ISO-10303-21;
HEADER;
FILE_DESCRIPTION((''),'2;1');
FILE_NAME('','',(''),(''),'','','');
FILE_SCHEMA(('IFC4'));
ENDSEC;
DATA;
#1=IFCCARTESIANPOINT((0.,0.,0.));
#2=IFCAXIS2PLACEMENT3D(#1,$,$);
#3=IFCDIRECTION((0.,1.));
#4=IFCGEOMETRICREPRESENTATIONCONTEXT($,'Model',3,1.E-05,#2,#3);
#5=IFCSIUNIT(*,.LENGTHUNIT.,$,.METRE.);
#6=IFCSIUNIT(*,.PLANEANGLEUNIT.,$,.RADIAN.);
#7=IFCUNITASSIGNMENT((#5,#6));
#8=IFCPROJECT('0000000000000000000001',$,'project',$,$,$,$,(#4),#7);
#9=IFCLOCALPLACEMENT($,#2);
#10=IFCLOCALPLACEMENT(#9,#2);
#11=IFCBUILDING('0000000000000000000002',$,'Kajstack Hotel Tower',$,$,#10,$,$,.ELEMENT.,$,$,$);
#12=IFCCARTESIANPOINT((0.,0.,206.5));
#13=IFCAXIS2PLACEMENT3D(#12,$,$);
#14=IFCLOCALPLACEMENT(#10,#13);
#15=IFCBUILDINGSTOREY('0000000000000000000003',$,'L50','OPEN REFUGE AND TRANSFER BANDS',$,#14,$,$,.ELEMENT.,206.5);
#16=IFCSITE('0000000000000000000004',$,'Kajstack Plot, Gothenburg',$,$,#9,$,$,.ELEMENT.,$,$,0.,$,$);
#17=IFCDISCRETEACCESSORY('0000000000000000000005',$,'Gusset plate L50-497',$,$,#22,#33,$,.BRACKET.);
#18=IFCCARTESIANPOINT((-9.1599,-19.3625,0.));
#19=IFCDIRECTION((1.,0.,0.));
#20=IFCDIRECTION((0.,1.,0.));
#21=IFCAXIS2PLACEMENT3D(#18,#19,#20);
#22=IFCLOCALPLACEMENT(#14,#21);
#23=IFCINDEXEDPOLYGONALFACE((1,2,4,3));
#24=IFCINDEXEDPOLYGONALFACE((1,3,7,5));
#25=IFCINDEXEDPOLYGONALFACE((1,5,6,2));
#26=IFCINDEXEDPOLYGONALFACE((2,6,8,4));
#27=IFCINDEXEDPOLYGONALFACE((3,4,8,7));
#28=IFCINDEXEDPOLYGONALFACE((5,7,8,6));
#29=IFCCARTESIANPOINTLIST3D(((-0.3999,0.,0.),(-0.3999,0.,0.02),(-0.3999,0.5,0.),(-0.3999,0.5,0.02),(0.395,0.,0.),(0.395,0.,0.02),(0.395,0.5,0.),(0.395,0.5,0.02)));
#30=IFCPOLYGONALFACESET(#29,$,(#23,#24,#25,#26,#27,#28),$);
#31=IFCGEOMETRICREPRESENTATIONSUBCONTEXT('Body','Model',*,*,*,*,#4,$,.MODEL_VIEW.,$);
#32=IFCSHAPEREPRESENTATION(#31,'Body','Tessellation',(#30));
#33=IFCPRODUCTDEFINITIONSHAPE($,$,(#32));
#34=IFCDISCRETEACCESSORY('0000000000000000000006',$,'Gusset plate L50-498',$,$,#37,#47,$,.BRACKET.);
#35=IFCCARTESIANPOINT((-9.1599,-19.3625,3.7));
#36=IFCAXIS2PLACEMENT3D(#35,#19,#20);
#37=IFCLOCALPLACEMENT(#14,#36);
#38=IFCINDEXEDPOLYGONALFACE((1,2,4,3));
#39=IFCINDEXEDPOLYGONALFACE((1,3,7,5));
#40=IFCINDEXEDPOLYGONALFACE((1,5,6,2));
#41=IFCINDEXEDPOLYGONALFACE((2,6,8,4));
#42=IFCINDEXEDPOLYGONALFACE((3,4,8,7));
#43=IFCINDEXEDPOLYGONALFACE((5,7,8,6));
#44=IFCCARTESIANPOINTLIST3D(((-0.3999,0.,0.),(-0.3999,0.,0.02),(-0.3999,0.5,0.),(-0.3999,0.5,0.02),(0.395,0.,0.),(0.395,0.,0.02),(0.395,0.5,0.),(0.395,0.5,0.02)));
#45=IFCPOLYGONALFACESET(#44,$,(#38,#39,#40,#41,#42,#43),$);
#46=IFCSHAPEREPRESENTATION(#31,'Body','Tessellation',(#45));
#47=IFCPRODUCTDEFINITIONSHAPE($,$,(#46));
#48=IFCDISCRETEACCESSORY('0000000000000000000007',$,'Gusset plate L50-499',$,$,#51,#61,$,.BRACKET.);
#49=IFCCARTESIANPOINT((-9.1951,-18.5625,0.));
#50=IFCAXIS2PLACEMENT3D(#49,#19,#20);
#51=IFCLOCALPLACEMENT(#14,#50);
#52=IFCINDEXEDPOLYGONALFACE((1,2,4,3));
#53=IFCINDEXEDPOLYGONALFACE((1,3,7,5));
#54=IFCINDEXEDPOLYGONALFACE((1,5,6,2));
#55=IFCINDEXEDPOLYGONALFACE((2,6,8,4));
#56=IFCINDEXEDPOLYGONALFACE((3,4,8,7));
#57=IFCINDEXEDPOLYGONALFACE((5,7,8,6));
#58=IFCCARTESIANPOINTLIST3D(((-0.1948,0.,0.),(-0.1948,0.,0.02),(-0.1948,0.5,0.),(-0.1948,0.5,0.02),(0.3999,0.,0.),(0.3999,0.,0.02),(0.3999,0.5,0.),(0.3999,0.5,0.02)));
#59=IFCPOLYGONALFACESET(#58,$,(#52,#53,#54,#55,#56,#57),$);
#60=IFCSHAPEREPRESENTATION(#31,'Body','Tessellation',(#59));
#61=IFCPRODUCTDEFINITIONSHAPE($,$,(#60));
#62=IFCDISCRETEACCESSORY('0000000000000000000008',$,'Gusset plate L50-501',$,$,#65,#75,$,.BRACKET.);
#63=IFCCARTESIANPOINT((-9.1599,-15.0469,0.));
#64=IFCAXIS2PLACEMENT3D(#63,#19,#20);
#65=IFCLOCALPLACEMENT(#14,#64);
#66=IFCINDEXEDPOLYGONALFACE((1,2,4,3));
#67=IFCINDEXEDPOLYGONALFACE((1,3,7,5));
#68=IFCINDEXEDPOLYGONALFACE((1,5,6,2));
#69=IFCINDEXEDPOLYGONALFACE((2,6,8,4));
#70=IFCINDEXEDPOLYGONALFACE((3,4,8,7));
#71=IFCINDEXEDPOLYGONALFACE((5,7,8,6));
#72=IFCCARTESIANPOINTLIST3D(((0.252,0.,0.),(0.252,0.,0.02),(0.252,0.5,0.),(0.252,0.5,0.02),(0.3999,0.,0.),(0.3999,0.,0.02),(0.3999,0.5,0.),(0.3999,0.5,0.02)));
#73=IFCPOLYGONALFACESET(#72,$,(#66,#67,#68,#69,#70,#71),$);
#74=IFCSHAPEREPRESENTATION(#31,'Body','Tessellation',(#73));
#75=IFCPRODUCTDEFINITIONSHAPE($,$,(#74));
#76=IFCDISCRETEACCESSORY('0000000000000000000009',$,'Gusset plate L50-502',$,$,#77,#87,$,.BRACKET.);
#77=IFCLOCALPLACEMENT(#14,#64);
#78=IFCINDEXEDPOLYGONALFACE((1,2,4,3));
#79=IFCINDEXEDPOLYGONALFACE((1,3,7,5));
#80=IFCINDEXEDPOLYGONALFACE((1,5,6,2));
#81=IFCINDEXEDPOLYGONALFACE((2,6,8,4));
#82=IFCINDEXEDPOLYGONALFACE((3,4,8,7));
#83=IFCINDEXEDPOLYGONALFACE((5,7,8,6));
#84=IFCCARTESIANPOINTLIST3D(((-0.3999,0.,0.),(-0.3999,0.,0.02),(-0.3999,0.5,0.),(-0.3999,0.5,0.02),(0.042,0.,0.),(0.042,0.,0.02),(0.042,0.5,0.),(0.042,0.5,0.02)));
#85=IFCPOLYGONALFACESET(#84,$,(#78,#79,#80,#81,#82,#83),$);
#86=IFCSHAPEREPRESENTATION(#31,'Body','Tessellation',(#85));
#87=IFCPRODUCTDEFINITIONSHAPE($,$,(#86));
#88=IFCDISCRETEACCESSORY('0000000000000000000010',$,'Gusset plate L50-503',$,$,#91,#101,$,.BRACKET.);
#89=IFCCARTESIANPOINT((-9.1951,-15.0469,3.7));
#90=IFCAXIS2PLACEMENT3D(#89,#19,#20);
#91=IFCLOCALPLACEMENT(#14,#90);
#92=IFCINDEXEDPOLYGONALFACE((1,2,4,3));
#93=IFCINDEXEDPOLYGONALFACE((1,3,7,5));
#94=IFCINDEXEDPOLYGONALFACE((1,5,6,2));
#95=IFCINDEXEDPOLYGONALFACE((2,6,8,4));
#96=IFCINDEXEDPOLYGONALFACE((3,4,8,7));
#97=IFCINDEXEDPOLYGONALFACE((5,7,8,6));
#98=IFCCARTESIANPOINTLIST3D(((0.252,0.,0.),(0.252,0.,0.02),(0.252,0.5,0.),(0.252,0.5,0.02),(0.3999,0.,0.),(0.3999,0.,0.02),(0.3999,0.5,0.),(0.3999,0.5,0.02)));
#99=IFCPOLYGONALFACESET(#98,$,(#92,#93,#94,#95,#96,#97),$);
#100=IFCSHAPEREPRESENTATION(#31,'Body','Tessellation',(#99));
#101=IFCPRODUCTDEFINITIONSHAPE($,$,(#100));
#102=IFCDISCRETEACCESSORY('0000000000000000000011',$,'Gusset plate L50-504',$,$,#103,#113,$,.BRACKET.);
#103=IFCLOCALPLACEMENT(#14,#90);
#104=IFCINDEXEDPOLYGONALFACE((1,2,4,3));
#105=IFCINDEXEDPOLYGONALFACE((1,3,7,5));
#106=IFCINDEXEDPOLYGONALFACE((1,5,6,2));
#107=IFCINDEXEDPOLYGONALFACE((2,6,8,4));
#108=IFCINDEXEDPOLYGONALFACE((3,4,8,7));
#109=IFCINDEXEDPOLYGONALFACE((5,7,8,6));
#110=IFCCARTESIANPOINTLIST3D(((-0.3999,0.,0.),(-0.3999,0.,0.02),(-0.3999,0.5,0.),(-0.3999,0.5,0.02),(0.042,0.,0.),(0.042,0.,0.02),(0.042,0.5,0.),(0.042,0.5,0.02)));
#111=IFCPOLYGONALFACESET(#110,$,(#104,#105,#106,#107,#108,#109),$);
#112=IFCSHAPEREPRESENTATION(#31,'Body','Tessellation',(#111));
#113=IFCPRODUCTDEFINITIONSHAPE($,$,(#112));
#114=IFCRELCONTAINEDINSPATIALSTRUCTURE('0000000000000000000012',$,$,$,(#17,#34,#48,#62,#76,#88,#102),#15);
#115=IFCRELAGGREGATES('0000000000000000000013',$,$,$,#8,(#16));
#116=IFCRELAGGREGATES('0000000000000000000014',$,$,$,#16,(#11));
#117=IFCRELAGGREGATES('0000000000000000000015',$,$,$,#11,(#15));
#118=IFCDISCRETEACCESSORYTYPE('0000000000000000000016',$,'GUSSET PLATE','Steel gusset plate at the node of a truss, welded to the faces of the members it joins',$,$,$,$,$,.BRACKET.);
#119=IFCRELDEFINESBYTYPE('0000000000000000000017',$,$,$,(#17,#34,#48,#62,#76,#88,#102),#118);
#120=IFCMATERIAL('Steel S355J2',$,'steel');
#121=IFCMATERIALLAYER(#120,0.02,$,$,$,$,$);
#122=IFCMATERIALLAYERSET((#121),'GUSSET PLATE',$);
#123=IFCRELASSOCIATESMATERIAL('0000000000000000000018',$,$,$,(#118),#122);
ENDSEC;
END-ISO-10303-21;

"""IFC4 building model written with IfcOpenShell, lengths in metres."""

from ifc_helpers import new_model, si_unit, direction, frame, origin, place, context, subcontext, project, spatial, polyline, outline, extrude, material, layer, layer_set, type_object, element, save


model = new_model("IFC4")

# Units and contexts
model_context = context("Model", 3, precision=1e-05, world=origin(), true_north=direction((0.0, 1.0)))
body_context = subcontext(model_context, "Body", "Model", "MODEL_VIEW")
ifc_project = project(units=[si_unit("LENGTHUNIT", "METRE"), si_unit("PLANEANGLEUNIT", "RADIAN")], contexts=[model_context])

# Site, building, storey
site_placement = place(None, origin())
site = spatial("IfcSite", under=ifc_project, at=site_placement, Name="Kajstack Plot, Gothenburg", CompositionType="ELEMENT", RefElevation=0.0)
building_placement = place(site_placement, origin())
building = spatial("IfcBuilding", under=site, at=building_placement, Name="Kajstack Hotel Tower", CompositionType="ELEMENT")
storey_placement = place(building_placement, frame((0.0, 0.0, 206.5)))
storey = spatial("IfcBuildingStorey", under=building, at=storey_placement, Name="L50", Description="OPEN REFUGE AND TRANSFER BANDS", CompositionType="ELEMENT", Elevation=206.5)

# Shared definitions
ifc_material_1 = material(Name="Steel S355J2", Category="steel")

# Discrete accessories
ifc_layer_1 = layer(ifc_material_1, 0.02)
ifc_layer_set_1 = layer_set([ifc_layer_1], Name="GUSSET PLATE")
discrete_accessory_type = type_object("IfcDiscreteAccessoryType", Name="GUSSET PLATE", Description="Steel gusset plate at the node of a truss, welded to the faces of the members it joins", PredefinedType="BRACKET", material=ifc_layer_set_1)
for number, where, z_axis, x_axis, name in (
    (1, (-9.1599, -19.3625, 0.0), (1.0, 0.0, 0.0), (0.0, 1.0, 0.0), "Gusset plate L50-497"),
    (2, (-9.1599, -19.3625, 3.7), (1.0, 0.0, 0.0), (0.0, 1.0, 0.0), "Gusset plate L50-498"),
):
    element("IfcDiscreteAccessory", number, at=place(storey_placement, frame(where, z_axis=z_axis, x_axis=x_axis)), inside=storey, type_object=discrete_accessory_type, Name=name, PredefinedType="BRACKET", context=body_context, shape_type="SweptSolid", body=[
        extrude(outline(polyline([(-0.3999, 0.0), (0.395, 0.0), (0.395, 0.5), (-0.3999, 0.5), (-0.3999, 0.0)])), origin(), (0.0, 0.0, 1.0), 0.02),
    ])
discrete_accessory_1_placement = place(storey_placement, frame((-9.1951, -18.5625, 0.0), z_axis=(1.0, 0.0, 0.0), x_axis=(0.0, 1.0, 0.0)))
element("IfcDiscreteAccessory", 3, at=discrete_accessory_1_placement, inside=storey, type_object=discrete_accessory_type, Name="Gusset plate L50-499", PredefinedType="BRACKET", context=body_context, shape_type="SweptSolid", body=[
    extrude(outline(polyline([(0.3999, 0.5), (-0.1948, 0.5), (-0.1948, 0.0), (0.3999, 0.0), (0.3999, 0.5)])), origin(), (0.0, 0.0, 1.0), 0.02),
])
discrete_accessory_2_placement = place(storey_placement, frame((-9.1599, -15.0469, 0.0), z_axis=(1.0, 0.0, 0.0), x_axis=(0.0, 1.0, 0.0)))
element("IfcDiscreteAccessory", 4, at=discrete_accessory_2_placement, inside=storey, type_object=discrete_accessory_type, Name="Gusset plate L50-501", PredefinedType="BRACKET", context=body_context, shape_type="SweptSolid", body=[
    extrude(outline(polyline([(0.3999, 0.5), (0.252, 0.5), (0.252, 0.0), (0.3999, 0.0), (0.3999, 0.5)])), origin(), (0.0, 0.0, 1.0), 0.02),
])
discrete_accessory_3_placement = place(storey_placement, frame((-9.1599, -15.0469, 0.0), z_axis=(1.0, 0.0, 0.0), x_axis=(0.0, 1.0, 0.0)))
element("IfcDiscreteAccessory", 5, at=discrete_accessory_3_placement, inside=storey, type_object=discrete_accessory_type, Name="Gusset plate L50-502", PredefinedType="BRACKET", context=body_context, shape_type="SweptSolid", body=[
    extrude(outline(polyline([(-0.3999, 0.0), (0.042, 0.0), (0.042, 0.5), (-0.3999, 0.5), (-0.3999, 0.0)])), origin(), (0.0, 0.0, 1.0), 0.02),
])
discrete_accessory_4_placement = place(storey_placement, frame((-9.1951, -15.0469, 3.7), z_axis=(1.0, 0.0, 0.0), x_axis=(0.0, 1.0, 0.0)))
element("IfcDiscreteAccessory", 6, at=discrete_accessory_4_placement, inside=storey, type_object=discrete_accessory_type, Name="Gusset plate L50-503", PredefinedType="BRACKET", context=body_context, shape_type="SweptSolid", body=[
    extrude(outline(polyline([(0.3999, 0.5), (0.252, 0.5), (0.252, 0.0), (0.3999, 0.0), (0.3999, 0.5)])), origin(), (0.0, 0.0, 1.0), 0.02),
])
discrete_accessory_5_placement = place(storey_placement, frame((-9.1951, -15.0469, 3.7), z_axis=(1.0, 0.0, 0.0), x_axis=(0.0, 1.0, 0.0)))
element("IfcDiscreteAccessory", 7, at=discrete_accessory_5_placement, inside=storey, type_object=discrete_accessory_type, Name="Gusset plate L50-504", PredefinedType="BRACKET", context=body_context, shape_type="SweptSolid", body=[
    extrude(outline(polyline([(-0.3999, 0.0), (0.042, 0.0), (0.042, 0.5), (-0.3999, 0.5), (-0.3999, 0.0)])), origin(), (0.0, 0.0, 1.0), 0.02),
])

save(model, "model.ifc")
